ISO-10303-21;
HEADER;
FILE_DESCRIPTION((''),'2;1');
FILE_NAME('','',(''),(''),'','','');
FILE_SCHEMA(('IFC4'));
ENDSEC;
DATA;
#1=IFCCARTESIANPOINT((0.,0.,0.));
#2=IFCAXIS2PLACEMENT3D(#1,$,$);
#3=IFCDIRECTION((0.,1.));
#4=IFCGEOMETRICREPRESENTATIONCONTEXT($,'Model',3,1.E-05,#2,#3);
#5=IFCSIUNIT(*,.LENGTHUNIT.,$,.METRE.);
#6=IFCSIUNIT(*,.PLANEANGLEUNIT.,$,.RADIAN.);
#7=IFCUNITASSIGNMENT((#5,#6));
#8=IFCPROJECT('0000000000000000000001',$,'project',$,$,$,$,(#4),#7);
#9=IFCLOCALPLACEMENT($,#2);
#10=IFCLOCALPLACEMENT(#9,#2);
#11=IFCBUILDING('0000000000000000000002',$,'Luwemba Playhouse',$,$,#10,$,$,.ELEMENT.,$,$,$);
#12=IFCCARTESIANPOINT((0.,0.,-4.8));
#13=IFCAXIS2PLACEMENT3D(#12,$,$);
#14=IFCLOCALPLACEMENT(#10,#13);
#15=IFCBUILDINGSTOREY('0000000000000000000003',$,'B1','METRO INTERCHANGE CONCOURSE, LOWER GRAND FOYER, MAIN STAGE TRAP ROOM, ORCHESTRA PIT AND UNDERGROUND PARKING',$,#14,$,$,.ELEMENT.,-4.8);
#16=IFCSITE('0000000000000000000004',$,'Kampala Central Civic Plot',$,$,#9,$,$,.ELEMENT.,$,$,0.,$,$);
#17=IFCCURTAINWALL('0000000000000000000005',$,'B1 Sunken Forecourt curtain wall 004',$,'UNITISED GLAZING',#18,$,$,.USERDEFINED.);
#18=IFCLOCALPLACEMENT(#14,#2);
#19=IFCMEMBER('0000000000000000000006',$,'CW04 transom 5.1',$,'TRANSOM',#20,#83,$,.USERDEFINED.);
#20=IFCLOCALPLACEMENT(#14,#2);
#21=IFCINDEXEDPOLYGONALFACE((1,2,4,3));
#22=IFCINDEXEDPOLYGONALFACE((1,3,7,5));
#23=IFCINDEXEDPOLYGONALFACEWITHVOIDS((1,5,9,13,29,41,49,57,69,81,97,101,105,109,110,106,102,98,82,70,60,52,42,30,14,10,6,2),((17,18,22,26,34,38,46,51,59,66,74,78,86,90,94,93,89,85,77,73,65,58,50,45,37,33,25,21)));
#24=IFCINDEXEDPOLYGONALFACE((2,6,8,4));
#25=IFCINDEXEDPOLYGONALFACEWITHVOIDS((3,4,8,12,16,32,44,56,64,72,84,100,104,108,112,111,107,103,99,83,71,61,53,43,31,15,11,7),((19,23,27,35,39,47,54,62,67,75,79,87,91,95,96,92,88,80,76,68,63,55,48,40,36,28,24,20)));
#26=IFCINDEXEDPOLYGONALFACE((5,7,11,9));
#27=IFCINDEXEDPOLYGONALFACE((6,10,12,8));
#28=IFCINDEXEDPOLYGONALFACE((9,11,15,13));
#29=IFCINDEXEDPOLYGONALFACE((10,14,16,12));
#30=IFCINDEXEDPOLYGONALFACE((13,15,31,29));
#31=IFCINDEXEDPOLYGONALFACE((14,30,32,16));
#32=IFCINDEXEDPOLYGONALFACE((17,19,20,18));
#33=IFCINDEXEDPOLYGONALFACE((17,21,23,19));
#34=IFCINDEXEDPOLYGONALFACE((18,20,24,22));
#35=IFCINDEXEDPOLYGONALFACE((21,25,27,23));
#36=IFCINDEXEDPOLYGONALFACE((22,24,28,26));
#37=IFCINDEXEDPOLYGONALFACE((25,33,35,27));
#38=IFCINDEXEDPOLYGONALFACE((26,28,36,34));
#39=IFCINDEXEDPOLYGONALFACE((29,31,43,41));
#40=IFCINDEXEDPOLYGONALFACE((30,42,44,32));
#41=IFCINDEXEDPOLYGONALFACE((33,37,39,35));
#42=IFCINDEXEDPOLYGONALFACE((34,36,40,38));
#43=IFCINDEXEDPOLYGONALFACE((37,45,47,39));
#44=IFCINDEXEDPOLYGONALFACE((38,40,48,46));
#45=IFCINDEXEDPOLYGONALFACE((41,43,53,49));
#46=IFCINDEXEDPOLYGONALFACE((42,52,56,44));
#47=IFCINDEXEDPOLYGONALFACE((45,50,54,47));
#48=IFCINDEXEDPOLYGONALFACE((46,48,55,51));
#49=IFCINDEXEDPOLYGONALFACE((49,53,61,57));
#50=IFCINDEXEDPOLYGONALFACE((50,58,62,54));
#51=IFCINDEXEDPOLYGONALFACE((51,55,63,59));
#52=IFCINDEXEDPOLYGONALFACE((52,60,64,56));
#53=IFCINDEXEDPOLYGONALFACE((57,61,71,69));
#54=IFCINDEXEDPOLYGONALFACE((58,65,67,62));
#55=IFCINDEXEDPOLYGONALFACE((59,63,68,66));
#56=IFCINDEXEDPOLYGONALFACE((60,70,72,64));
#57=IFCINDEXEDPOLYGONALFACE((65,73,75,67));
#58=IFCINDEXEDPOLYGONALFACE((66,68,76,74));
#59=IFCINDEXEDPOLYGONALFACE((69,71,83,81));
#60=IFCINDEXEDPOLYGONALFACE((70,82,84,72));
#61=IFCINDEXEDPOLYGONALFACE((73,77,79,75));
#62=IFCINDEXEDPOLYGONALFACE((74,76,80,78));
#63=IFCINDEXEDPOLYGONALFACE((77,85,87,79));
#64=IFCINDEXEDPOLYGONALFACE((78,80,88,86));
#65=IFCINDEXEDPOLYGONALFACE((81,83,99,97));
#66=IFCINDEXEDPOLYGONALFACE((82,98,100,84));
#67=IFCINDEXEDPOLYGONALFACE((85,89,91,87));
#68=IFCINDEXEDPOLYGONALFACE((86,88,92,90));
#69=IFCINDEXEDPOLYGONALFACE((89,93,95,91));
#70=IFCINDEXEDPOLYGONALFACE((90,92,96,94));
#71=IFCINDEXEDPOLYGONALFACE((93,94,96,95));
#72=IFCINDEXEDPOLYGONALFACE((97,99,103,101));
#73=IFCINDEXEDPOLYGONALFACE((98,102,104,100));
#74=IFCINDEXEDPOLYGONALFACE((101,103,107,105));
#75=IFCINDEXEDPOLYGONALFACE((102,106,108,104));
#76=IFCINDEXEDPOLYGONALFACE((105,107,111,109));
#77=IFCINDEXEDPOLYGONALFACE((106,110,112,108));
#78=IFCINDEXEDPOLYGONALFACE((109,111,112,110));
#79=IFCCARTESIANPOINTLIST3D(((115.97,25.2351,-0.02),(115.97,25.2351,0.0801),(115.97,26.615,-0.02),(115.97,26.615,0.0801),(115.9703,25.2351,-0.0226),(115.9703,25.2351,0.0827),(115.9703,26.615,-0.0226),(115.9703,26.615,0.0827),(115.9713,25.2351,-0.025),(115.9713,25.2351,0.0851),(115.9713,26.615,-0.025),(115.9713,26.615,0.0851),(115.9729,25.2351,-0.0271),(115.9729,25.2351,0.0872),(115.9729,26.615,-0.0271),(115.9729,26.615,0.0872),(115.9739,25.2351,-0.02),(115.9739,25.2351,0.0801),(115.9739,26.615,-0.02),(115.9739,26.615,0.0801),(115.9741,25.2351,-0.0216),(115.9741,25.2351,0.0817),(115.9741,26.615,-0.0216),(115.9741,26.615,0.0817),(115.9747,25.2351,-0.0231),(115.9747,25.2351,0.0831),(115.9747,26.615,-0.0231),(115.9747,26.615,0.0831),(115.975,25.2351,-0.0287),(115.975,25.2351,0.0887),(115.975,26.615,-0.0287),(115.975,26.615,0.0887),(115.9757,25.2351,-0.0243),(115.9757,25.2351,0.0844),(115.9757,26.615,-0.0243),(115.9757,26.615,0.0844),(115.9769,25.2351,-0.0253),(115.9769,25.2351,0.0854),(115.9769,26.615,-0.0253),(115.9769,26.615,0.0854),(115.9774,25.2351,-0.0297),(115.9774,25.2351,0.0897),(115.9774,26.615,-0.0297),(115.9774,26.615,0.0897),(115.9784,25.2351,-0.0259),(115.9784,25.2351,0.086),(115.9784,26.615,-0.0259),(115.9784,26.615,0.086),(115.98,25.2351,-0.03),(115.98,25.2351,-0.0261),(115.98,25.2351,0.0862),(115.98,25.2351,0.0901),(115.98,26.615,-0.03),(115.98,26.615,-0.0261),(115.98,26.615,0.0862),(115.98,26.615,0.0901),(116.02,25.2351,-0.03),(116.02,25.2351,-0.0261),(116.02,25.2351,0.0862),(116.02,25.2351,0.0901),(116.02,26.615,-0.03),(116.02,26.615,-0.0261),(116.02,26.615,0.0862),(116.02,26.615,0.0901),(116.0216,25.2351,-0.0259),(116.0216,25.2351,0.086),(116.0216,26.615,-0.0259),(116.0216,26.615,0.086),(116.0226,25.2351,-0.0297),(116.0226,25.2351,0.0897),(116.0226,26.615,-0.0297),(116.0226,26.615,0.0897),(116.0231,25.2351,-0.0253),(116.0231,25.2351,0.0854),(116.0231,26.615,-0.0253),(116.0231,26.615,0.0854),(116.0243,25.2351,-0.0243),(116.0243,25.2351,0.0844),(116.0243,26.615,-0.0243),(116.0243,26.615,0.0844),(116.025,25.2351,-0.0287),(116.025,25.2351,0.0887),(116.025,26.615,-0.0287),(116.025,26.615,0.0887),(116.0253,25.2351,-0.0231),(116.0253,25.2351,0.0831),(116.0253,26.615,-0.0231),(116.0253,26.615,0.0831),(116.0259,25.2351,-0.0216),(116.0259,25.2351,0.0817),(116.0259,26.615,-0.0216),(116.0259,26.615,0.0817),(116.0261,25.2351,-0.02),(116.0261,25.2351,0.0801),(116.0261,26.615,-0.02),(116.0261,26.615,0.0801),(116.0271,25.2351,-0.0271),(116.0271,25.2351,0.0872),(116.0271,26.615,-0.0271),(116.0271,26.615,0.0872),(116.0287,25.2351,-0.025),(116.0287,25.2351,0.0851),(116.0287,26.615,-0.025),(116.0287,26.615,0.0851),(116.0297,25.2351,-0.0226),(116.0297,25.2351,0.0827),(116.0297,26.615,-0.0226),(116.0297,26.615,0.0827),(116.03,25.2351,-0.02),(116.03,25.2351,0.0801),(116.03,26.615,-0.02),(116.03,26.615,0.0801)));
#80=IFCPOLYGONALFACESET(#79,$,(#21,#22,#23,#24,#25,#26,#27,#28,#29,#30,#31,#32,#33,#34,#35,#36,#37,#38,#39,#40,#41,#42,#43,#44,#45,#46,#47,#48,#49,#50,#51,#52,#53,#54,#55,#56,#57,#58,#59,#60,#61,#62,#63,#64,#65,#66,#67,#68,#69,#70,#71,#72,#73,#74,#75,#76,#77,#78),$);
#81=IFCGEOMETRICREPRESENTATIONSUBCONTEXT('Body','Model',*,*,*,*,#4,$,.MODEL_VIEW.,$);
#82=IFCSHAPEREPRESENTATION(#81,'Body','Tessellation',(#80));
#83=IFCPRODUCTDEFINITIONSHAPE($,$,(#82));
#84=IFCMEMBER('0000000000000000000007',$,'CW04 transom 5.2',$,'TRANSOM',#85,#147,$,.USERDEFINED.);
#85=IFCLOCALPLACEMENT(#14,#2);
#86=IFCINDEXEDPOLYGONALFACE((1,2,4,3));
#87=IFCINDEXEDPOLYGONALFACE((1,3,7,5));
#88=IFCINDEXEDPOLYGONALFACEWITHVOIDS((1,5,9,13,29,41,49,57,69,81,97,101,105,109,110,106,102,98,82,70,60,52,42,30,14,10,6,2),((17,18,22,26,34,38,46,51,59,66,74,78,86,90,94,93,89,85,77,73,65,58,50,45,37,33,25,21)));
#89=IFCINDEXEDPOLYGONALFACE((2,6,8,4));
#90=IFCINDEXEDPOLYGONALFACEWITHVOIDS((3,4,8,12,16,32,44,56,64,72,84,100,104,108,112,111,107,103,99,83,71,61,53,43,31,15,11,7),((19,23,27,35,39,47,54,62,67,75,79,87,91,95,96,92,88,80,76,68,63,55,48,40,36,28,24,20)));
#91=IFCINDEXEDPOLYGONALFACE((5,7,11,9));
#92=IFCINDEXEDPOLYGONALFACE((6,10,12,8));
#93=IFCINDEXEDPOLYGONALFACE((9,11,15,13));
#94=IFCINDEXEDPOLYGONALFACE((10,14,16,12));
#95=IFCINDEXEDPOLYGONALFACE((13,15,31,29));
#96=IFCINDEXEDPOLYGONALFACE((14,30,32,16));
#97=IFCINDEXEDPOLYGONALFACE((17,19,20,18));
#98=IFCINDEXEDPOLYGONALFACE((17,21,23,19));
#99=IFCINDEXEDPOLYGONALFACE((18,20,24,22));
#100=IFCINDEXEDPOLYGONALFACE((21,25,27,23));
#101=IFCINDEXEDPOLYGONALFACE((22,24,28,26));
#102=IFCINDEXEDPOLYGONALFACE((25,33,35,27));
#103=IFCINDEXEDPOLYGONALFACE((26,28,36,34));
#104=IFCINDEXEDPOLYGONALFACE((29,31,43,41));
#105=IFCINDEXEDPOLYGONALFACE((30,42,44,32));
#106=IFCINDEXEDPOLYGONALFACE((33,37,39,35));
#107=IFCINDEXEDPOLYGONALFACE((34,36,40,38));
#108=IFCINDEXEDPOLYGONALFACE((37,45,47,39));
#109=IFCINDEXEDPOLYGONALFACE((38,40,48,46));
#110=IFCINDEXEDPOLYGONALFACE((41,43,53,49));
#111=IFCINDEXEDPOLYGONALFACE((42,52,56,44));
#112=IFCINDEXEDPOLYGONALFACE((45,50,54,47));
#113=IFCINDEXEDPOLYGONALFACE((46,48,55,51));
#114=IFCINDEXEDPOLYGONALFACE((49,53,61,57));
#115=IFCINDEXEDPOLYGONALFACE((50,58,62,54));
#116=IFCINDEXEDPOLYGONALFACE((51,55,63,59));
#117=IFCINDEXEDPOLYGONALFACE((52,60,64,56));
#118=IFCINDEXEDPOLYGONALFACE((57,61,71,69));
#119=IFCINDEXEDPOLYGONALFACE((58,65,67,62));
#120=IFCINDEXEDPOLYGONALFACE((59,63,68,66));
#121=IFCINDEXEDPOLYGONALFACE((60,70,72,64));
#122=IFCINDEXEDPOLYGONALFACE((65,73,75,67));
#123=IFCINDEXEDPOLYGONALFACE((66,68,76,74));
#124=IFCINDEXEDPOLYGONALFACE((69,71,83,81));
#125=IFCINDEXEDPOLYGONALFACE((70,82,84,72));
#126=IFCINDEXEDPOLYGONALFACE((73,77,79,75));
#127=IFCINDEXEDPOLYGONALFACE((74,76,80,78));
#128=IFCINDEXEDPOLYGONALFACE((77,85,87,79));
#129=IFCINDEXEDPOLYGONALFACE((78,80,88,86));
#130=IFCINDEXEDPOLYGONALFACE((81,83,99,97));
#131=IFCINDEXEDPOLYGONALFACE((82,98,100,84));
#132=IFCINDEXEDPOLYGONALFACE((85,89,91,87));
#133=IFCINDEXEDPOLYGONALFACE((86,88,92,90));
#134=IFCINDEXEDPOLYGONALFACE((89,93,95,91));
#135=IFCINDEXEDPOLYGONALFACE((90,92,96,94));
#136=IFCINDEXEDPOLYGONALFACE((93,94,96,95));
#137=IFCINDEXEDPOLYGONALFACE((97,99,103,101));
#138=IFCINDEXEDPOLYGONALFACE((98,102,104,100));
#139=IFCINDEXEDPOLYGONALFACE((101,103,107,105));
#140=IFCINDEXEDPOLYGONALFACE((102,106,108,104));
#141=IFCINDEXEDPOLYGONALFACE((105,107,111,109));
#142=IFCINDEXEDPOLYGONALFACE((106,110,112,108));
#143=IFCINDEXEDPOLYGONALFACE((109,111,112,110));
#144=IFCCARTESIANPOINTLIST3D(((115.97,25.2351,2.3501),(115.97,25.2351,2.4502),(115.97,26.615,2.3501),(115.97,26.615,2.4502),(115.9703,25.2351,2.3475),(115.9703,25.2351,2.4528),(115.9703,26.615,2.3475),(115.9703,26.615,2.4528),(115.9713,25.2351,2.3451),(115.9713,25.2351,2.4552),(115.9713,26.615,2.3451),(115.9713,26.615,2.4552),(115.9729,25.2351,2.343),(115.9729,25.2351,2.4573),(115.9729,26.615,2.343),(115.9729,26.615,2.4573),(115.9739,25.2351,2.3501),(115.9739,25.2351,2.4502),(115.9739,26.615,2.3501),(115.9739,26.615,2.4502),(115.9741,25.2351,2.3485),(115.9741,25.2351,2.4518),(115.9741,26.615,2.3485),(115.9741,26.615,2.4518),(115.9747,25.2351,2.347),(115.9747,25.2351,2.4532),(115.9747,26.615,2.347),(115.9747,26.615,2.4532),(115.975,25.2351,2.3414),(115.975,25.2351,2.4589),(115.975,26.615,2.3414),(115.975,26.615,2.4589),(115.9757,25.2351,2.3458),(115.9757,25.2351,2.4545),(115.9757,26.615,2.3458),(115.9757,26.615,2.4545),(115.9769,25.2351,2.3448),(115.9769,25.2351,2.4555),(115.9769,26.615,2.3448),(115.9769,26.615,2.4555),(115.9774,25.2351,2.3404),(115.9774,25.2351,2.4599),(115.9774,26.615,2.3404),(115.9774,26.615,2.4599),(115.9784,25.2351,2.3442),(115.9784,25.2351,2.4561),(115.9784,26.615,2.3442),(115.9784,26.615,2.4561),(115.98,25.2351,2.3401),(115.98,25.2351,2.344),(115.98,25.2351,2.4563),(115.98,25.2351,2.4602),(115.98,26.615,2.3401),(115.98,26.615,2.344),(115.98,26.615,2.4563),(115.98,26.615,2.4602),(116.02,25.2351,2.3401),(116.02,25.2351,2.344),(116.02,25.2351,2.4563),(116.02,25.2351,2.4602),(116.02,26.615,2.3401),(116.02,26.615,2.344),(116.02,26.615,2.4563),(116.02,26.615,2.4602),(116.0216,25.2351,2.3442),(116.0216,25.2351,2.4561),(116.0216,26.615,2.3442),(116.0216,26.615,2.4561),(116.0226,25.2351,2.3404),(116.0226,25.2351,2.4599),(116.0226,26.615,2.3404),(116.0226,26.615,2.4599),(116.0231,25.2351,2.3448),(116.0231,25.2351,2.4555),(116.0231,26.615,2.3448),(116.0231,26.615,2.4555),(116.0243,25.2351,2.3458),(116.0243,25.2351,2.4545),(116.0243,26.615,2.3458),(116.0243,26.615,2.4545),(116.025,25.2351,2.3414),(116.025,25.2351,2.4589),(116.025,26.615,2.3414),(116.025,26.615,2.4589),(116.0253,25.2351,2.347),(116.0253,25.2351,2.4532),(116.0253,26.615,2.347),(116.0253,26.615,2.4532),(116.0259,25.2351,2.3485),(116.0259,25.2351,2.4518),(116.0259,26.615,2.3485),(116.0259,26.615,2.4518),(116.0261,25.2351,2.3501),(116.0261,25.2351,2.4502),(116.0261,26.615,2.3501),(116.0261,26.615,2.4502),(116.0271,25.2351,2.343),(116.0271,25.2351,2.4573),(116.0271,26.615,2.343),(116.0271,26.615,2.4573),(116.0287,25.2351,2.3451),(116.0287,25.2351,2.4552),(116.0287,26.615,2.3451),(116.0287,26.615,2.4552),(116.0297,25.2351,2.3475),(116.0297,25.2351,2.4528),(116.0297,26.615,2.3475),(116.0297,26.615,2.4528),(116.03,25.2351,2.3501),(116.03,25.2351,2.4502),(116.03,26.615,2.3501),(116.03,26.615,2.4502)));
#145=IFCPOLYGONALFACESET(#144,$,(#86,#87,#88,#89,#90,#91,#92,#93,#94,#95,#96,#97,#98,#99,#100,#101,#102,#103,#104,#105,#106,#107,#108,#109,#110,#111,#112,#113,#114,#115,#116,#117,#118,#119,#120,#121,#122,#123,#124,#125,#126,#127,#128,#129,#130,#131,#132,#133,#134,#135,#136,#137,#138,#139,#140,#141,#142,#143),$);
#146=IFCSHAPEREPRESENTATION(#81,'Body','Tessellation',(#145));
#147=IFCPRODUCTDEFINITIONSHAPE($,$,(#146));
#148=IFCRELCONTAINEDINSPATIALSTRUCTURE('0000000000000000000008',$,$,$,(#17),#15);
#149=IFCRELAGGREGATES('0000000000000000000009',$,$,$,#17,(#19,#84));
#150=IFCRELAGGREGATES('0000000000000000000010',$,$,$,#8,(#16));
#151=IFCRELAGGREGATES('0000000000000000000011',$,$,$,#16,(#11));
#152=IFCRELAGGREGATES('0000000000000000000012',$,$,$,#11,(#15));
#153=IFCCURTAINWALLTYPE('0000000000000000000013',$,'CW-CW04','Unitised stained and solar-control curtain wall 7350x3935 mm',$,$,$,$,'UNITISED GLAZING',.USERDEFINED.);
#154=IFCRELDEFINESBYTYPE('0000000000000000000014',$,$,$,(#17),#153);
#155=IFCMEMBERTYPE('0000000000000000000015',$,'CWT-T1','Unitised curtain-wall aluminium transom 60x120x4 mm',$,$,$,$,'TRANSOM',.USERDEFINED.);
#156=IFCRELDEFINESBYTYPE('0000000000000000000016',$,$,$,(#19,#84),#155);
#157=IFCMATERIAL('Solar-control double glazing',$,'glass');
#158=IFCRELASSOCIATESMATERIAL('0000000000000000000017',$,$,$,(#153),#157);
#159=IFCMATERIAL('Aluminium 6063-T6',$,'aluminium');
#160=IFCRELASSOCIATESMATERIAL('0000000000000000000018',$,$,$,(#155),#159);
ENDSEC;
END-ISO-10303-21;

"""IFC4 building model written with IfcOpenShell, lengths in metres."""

from ifc_helpers import new_model, si_unit, direction, frame, origin, origin_2d, place, context, subcontext, project, spatial, hollow_rectangle, extrude, material, material_profile, profile_set, type_object, element, aggregate, save


model = new_model("IFC4")

# Units and contexts
model_context = context("Model", 3, precision=1e-05, world=origin(), true_north=direction((0.0, 1.0)))
body_context = subcontext(model_context, "Body", "Model", "MODEL_VIEW")
ifc_project = project(units=[si_unit("LENGTHUNIT", "METRE"), si_unit("PLANEANGLEUNIT", "RADIAN")], contexts=[model_context])

# Site, building, storey
site_placement = place(None, origin())
site = spatial("IfcSite", under=ifc_project, at=site_placement, Name="Kampala Central Civic Plot", CompositionType="ELEMENT", RefElevation=0.0)
building_placement = place(site_placement, origin())
building = spatial("IfcBuilding", under=site, at=building_placement, Name="Luwemba Playhouse", CompositionType="ELEMENT")
storey_placement = place(building_placement, frame((0.0, 0.0, -4.8)))
storey = spatial("IfcBuildingStorey", under=building, at=storey_placement, Name="B1", Description="METRO INTERCHANGE CONCOURSE, LOWER GRAND FOYER, MAIN STAGE TRAP ROOM, ORCHESTRA PIT AND UNDERGROUND PARKING", CompositionType="ELEMENT", Elevation=-4.8)

# Curtain wall, members
ifc_material_1 = material(Name="Solar-control double glazing", Category="glass")
curtain_wall_type = type_object("IfcCurtainWallType", Name="CW-CW04", Description="Unitised stained and solar-control curtain wall 7350x3935 mm", ElementType="UNITISED GLAZING", PredefinedType="USERDEFINED", material=ifc_material_1)
curtain_wall_placement = place(storey_placement, origin())
curtain_wall = element("IfcCurtainWall", 1, at=curtain_wall_placement, inside=storey, type_object=curtain_wall_type, Name="B1 Sunken Forecourt curtain wall 004", ObjectType="UNITISED GLAZING", PredefinedType="USERDEFINED")
ifc_material_2 = material(Name="Aluminium 6063-T6", Category="aluminium")
ifc_material_profile_1 = material_profile(ifc_material_2, hollow_rectangle(XDim=0.0601, YDim=0.1201, WallThickness=0.0039, InnerFilletRadius=0.0061, OuterFilletRadius=0.01, at=origin_2d()))
ifc_profile_set_1 = profile_set([ifc_material_profile_1], Name="Aluminium 6063-T6")
member_type_1 = type_object("IfcMemberType", Name="CWT-T1", Description="Unitised curtain-wall aluminium transom 60x120x4 mm", ElementType="TRANSOM", PredefinedType="USERDEFINED", material=ifc_profile_set_1)
member_1_placement = place(storey_placement, frame((116.0, 25.2351, 0.03), z_axis=(0.0, 1.0, 0.0), x_axis=(-1.0, 0.0, 0.0)))
member_1 = element("IfcMember", 2, at=member_1_placement, type_object=member_type_1, Name="CW04 transom 5.1", ObjectType="TRANSOM", PredefinedType="USERDEFINED", context=body_context, shape_type="SweptSolid", body=[
    extrude(hollow_rectangle(XDim=0.0601, YDim=0.1201, WallThickness=0.0039, InnerFilletRadius=0.0061, OuterFilletRadius=0.01, at=origin_2d()), origin(), (0.0, 0.0, 1.0), 1.3799),
])
member_2_placement = place(storey_placement, frame((116.0, 25.2351, 2.4001), z_axis=(0.0, 1.0, 0.0), x_axis=(-1.0, 0.0, 0.0)))
member_2 = element("IfcMember", 3, at=member_2_placement, type_object=member_type_1, Name="CW04 transom 5.2", ObjectType="TRANSOM", PredefinedType="USERDEFINED", context=body_context, shape_type="SweptSolid", body=[
    extrude(hollow_rectangle(XDim=0.0601, YDim=0.1201, WallThickness=0.0039, InnerFilletRadius=0.0061, OuterFilletRadius=0.01, at=origin_2d()), origin(), (0.0, 0.0, 1.0), 1.3799),
])
aggregate(curtain_wall, [member_1, member_2])

save(model, "model.ifc")
